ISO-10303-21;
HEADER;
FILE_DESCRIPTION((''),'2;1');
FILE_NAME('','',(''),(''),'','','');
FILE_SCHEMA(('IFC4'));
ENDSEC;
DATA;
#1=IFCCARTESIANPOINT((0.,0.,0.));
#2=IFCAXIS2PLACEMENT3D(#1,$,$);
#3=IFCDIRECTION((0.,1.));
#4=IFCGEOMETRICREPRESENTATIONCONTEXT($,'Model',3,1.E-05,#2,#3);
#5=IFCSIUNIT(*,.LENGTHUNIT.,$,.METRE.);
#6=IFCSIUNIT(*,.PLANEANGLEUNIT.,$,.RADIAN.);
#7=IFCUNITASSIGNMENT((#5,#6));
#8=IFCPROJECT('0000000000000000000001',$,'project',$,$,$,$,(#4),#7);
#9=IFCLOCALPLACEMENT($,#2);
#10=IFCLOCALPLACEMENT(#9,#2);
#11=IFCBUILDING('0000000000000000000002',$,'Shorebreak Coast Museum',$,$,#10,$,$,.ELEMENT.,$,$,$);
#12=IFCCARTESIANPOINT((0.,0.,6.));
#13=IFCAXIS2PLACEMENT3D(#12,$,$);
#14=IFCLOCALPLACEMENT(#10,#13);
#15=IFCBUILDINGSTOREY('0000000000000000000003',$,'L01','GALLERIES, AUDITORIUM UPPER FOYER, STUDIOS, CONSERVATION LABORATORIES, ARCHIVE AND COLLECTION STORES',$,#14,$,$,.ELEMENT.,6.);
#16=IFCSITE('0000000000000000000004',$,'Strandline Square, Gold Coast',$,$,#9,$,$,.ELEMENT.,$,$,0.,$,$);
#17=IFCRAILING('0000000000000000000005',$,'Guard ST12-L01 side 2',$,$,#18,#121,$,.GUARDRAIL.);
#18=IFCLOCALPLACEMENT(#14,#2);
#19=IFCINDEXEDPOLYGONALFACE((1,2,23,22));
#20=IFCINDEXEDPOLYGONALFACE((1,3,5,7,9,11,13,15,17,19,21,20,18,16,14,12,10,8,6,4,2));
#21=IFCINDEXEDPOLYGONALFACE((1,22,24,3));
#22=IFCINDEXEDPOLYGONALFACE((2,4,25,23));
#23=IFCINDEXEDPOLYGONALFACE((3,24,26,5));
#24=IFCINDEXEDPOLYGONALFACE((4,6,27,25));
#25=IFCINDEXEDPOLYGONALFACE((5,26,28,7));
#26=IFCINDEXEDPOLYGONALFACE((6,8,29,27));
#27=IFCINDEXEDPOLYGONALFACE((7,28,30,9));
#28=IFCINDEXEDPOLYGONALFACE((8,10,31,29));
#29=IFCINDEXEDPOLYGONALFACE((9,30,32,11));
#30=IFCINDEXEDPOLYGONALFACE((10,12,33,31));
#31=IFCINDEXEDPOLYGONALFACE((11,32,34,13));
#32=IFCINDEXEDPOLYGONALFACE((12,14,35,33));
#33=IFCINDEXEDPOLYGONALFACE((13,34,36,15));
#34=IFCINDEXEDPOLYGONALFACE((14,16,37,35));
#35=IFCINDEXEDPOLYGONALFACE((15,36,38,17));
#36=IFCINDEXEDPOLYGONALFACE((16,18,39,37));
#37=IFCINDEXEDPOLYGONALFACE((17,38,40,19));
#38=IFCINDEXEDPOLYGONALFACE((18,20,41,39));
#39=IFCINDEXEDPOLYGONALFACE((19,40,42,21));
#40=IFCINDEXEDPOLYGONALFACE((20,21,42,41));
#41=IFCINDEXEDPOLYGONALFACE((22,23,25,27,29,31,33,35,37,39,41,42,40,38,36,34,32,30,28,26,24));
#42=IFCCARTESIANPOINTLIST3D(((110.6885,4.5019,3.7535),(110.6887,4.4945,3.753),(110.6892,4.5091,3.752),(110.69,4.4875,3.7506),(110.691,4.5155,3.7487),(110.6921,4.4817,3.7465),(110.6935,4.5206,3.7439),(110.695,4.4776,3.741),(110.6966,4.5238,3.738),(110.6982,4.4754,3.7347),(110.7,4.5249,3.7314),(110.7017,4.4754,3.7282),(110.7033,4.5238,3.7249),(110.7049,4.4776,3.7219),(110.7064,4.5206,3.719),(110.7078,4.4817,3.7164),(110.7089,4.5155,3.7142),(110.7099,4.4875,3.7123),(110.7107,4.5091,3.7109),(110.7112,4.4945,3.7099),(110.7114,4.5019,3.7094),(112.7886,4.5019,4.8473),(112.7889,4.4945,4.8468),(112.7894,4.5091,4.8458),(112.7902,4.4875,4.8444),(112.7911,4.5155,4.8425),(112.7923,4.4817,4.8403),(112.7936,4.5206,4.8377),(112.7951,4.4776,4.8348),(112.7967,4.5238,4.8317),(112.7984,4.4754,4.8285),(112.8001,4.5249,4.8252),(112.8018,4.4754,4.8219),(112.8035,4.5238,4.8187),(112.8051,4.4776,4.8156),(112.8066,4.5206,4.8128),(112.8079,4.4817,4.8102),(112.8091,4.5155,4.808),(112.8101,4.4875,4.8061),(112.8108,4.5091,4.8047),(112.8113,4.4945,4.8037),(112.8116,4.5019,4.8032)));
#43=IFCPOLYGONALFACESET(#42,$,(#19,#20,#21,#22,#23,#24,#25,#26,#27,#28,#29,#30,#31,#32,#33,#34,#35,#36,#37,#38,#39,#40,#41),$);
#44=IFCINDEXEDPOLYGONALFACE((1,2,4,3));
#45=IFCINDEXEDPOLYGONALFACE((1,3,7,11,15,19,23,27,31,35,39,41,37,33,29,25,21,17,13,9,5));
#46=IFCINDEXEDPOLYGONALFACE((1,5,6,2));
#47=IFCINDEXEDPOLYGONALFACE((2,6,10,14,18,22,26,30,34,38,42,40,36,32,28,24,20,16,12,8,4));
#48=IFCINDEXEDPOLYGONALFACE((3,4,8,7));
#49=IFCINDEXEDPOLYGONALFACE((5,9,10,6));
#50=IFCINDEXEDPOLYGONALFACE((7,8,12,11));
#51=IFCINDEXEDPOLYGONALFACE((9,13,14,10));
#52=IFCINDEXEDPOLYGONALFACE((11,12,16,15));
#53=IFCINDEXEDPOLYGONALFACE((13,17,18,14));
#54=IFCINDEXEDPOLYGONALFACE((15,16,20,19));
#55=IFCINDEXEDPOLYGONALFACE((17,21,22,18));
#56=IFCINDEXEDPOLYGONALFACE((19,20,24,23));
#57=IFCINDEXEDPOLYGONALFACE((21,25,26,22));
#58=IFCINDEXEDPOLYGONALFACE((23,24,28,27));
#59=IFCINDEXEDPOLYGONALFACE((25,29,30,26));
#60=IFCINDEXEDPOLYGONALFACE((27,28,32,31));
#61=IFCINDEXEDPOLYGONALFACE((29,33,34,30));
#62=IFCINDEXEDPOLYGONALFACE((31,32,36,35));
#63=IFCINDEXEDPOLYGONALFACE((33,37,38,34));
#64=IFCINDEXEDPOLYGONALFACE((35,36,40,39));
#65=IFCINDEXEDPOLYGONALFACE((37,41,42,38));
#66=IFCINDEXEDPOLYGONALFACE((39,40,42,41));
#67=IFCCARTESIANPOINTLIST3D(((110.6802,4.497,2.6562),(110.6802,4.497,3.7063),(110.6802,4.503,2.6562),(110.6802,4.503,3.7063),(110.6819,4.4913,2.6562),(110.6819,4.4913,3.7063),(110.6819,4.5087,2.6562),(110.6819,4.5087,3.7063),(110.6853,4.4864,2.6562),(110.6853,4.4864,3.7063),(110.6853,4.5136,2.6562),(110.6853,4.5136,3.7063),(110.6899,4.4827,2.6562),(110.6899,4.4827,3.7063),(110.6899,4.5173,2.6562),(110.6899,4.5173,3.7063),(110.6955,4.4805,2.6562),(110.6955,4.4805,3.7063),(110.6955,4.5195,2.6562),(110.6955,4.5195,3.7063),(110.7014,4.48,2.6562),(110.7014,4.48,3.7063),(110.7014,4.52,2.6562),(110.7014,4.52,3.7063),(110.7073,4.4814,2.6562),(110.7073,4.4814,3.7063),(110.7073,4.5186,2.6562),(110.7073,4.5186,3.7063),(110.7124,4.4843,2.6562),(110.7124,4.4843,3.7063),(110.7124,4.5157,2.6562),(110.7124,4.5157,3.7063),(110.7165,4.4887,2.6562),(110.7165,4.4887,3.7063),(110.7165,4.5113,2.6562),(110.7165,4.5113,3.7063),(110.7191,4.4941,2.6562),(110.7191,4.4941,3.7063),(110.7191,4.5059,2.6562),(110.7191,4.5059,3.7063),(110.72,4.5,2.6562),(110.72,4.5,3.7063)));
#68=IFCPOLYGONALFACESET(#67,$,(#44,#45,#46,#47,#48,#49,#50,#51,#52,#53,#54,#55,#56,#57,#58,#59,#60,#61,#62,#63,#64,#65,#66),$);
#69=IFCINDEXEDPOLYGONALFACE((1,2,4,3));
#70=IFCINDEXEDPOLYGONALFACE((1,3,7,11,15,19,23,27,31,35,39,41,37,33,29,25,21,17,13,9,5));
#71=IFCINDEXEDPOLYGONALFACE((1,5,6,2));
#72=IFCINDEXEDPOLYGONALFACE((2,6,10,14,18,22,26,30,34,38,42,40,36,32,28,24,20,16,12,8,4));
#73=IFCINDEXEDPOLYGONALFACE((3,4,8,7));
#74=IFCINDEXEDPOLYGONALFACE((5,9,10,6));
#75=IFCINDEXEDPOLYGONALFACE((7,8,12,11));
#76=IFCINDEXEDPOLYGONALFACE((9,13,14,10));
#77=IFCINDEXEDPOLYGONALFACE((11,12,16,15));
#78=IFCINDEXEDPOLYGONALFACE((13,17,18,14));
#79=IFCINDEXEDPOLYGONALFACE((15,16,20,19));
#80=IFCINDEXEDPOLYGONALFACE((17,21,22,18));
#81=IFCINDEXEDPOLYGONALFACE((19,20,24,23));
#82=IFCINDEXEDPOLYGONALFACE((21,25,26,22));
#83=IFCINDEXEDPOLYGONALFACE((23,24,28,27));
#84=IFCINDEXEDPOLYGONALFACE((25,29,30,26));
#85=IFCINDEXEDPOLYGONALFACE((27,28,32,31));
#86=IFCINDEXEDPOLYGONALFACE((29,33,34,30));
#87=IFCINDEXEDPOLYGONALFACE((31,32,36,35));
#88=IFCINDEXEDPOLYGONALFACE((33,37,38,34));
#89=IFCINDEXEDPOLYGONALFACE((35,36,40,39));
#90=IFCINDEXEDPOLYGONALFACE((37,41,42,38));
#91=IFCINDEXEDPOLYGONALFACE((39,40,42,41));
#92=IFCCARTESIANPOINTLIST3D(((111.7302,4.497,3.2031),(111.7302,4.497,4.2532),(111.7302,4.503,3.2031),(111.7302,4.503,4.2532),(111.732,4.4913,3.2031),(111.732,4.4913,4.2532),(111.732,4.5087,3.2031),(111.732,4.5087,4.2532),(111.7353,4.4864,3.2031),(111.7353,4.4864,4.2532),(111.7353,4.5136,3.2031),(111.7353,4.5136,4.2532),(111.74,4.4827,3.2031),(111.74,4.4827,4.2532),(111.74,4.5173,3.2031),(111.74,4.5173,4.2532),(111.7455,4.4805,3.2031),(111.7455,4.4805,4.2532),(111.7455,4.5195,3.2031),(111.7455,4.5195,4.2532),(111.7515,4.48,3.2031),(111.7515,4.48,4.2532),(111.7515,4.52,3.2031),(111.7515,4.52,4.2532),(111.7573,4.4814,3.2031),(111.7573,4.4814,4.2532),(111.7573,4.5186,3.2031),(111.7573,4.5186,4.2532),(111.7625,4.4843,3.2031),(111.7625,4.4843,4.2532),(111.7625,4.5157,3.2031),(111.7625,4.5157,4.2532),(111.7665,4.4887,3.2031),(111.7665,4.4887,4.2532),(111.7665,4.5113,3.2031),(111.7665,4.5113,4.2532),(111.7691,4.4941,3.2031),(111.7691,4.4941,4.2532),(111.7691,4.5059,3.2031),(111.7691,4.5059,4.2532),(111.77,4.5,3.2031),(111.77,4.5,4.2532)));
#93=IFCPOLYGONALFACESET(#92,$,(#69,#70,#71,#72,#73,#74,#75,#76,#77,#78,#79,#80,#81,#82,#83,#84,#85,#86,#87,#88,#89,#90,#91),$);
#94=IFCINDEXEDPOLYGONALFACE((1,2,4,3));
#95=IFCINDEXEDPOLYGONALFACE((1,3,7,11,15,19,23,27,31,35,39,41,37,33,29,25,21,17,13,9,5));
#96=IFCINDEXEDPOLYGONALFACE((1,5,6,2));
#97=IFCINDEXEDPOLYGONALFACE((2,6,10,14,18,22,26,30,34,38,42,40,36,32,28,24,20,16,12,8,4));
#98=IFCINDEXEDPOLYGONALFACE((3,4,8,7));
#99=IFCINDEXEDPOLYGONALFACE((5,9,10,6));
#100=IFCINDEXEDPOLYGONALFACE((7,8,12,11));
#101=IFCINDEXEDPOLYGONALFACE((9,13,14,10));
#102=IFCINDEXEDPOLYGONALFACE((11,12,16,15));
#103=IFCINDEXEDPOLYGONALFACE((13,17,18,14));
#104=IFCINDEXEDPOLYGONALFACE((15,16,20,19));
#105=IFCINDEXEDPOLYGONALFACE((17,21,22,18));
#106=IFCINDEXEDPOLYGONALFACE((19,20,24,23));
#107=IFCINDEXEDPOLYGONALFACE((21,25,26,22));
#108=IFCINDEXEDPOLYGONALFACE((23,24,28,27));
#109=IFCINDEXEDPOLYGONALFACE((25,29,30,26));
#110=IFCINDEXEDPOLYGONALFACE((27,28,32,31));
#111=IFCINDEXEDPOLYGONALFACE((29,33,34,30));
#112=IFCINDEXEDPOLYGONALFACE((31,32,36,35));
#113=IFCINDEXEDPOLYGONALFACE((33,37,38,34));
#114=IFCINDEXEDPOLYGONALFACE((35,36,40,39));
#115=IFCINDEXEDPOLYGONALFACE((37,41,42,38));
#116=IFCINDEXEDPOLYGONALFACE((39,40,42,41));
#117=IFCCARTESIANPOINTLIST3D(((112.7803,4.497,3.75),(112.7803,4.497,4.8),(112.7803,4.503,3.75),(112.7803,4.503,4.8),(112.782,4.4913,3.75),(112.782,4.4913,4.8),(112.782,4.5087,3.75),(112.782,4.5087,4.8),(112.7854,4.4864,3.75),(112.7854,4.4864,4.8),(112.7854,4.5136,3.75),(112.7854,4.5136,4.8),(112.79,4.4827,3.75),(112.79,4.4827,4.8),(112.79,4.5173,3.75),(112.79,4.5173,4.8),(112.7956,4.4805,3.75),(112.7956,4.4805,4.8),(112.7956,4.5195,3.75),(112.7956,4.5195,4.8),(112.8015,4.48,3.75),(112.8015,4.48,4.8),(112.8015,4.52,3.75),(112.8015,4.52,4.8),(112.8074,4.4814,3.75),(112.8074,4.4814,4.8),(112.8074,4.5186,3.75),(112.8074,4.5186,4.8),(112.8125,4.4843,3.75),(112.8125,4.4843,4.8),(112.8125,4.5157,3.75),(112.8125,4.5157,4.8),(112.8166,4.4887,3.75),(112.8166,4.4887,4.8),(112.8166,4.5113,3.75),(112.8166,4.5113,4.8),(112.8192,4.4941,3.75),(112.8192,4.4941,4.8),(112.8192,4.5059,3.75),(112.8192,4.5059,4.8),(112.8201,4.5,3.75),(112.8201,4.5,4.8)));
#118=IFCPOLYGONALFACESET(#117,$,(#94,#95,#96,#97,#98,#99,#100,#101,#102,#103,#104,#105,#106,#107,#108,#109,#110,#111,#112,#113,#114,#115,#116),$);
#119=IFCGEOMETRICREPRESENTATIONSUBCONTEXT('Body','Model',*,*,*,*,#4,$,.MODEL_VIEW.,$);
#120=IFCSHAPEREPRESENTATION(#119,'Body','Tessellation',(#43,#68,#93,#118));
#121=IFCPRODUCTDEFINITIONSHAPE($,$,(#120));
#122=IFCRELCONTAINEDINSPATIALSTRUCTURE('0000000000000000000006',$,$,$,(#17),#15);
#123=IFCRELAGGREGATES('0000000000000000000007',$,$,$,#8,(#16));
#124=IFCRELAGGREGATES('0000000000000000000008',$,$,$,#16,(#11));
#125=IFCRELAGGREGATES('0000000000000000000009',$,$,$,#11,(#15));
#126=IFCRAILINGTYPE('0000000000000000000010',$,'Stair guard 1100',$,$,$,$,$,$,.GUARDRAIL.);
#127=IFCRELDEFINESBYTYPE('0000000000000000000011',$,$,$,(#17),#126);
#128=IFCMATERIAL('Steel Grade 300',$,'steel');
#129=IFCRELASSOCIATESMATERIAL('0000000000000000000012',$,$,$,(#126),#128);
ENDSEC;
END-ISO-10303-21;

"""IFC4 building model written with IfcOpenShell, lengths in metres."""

from ifc_helpers import new_model, si_unit, direction, frame, origin, origin_2d, place, context, subcontext, project, spatial, circle, extrude, material, type_object, element, save


model = new_model("IFC4")

# Units and contexts
model_context = context("Model", 3, precision=1e-05, world=origin(), true_north=direction((0.0, 1.0)))
body_context = subcontext(model_context, "Body", "Model", "MODEL_VIEW")
ifc_project = project(units=[si_unit("LENGTHUNIT", "METRE"), si_unit("PLANEANGLEUNIT", "RADIAN")], contexts=[model_context])

# Site, building, storey
site_placement = place(None, origin())
site = spatial("IfcSite", under=ifc_project, at=site_placement, Name="Strandline Square, Gold Coast", CompositionType="ELEMENT", RefElevation=0.0)
building_placement = place(site_placement, origin())
building = spatial("IfcBuilding", under=site, at=building_placement, Name="Shorebreak Coast Museum", CompositionType="ELEMENT")
storey_placement = place(building_placement, frame((0.0, 0.0, 6.0)))
storey = spatial("IfcBuildingStorey", under=building, at=storey_placement, Name="L01", Description="GALLERIES, AUDITORIUM UPPER FOYER, STUDIOS, CONSERVATION LABORATORIES, ARCHIVE AND COLLECTION STORES", CompositionType="ELEMENT", Elevation=6.0)

# Railing
ifc_material_1 = material(Name="Steel Grade 300", Category="steel")
railing_type_1 = type_object("IfcRailingType", Name="Stair guard 1100", PredefinedType="GUARDRAIL", material=ifc_material_1)
railing_1_placement = place(storey_placement, frame((110.7, 4.5, 2.6562)))
element("IfcRailing", 1, at=railing_1_placement, inside=storey, type_object=railing_type_1, Name="Guard ST12-L01 side 2", PredefinedType="GUARDRAIL", context=body_context, shape_type="SweptSolid", body=[
    extrude(circle(Radius=0.0249, at=origin_2d()), frame((0.0, 0.0, 1.0752), z_axis=(0.886923, 0.0, 0.461918), x_axis=(0.0, 1.0, 0.0)), (0.0, 0.0, 1.0), 2.3679),
    extrude(circle(Radius=0.02, at=origin_2d()), origin(), (0.0, 0.0, 1.0), 1.05),
    extrude(circle(Radius=0.02, at=origin_2d()), frame((1.05, 0.0, 0.5469)), (0.0, 0.0, 1.0), 1.05),
    extrude(circle(Radius=0.02, at=origin_2d()), frame((2.1001, 0.0, 1.0938)), (0.0, 0.0, 1.0), 1.05),
])

save(model, "model.ifc")
